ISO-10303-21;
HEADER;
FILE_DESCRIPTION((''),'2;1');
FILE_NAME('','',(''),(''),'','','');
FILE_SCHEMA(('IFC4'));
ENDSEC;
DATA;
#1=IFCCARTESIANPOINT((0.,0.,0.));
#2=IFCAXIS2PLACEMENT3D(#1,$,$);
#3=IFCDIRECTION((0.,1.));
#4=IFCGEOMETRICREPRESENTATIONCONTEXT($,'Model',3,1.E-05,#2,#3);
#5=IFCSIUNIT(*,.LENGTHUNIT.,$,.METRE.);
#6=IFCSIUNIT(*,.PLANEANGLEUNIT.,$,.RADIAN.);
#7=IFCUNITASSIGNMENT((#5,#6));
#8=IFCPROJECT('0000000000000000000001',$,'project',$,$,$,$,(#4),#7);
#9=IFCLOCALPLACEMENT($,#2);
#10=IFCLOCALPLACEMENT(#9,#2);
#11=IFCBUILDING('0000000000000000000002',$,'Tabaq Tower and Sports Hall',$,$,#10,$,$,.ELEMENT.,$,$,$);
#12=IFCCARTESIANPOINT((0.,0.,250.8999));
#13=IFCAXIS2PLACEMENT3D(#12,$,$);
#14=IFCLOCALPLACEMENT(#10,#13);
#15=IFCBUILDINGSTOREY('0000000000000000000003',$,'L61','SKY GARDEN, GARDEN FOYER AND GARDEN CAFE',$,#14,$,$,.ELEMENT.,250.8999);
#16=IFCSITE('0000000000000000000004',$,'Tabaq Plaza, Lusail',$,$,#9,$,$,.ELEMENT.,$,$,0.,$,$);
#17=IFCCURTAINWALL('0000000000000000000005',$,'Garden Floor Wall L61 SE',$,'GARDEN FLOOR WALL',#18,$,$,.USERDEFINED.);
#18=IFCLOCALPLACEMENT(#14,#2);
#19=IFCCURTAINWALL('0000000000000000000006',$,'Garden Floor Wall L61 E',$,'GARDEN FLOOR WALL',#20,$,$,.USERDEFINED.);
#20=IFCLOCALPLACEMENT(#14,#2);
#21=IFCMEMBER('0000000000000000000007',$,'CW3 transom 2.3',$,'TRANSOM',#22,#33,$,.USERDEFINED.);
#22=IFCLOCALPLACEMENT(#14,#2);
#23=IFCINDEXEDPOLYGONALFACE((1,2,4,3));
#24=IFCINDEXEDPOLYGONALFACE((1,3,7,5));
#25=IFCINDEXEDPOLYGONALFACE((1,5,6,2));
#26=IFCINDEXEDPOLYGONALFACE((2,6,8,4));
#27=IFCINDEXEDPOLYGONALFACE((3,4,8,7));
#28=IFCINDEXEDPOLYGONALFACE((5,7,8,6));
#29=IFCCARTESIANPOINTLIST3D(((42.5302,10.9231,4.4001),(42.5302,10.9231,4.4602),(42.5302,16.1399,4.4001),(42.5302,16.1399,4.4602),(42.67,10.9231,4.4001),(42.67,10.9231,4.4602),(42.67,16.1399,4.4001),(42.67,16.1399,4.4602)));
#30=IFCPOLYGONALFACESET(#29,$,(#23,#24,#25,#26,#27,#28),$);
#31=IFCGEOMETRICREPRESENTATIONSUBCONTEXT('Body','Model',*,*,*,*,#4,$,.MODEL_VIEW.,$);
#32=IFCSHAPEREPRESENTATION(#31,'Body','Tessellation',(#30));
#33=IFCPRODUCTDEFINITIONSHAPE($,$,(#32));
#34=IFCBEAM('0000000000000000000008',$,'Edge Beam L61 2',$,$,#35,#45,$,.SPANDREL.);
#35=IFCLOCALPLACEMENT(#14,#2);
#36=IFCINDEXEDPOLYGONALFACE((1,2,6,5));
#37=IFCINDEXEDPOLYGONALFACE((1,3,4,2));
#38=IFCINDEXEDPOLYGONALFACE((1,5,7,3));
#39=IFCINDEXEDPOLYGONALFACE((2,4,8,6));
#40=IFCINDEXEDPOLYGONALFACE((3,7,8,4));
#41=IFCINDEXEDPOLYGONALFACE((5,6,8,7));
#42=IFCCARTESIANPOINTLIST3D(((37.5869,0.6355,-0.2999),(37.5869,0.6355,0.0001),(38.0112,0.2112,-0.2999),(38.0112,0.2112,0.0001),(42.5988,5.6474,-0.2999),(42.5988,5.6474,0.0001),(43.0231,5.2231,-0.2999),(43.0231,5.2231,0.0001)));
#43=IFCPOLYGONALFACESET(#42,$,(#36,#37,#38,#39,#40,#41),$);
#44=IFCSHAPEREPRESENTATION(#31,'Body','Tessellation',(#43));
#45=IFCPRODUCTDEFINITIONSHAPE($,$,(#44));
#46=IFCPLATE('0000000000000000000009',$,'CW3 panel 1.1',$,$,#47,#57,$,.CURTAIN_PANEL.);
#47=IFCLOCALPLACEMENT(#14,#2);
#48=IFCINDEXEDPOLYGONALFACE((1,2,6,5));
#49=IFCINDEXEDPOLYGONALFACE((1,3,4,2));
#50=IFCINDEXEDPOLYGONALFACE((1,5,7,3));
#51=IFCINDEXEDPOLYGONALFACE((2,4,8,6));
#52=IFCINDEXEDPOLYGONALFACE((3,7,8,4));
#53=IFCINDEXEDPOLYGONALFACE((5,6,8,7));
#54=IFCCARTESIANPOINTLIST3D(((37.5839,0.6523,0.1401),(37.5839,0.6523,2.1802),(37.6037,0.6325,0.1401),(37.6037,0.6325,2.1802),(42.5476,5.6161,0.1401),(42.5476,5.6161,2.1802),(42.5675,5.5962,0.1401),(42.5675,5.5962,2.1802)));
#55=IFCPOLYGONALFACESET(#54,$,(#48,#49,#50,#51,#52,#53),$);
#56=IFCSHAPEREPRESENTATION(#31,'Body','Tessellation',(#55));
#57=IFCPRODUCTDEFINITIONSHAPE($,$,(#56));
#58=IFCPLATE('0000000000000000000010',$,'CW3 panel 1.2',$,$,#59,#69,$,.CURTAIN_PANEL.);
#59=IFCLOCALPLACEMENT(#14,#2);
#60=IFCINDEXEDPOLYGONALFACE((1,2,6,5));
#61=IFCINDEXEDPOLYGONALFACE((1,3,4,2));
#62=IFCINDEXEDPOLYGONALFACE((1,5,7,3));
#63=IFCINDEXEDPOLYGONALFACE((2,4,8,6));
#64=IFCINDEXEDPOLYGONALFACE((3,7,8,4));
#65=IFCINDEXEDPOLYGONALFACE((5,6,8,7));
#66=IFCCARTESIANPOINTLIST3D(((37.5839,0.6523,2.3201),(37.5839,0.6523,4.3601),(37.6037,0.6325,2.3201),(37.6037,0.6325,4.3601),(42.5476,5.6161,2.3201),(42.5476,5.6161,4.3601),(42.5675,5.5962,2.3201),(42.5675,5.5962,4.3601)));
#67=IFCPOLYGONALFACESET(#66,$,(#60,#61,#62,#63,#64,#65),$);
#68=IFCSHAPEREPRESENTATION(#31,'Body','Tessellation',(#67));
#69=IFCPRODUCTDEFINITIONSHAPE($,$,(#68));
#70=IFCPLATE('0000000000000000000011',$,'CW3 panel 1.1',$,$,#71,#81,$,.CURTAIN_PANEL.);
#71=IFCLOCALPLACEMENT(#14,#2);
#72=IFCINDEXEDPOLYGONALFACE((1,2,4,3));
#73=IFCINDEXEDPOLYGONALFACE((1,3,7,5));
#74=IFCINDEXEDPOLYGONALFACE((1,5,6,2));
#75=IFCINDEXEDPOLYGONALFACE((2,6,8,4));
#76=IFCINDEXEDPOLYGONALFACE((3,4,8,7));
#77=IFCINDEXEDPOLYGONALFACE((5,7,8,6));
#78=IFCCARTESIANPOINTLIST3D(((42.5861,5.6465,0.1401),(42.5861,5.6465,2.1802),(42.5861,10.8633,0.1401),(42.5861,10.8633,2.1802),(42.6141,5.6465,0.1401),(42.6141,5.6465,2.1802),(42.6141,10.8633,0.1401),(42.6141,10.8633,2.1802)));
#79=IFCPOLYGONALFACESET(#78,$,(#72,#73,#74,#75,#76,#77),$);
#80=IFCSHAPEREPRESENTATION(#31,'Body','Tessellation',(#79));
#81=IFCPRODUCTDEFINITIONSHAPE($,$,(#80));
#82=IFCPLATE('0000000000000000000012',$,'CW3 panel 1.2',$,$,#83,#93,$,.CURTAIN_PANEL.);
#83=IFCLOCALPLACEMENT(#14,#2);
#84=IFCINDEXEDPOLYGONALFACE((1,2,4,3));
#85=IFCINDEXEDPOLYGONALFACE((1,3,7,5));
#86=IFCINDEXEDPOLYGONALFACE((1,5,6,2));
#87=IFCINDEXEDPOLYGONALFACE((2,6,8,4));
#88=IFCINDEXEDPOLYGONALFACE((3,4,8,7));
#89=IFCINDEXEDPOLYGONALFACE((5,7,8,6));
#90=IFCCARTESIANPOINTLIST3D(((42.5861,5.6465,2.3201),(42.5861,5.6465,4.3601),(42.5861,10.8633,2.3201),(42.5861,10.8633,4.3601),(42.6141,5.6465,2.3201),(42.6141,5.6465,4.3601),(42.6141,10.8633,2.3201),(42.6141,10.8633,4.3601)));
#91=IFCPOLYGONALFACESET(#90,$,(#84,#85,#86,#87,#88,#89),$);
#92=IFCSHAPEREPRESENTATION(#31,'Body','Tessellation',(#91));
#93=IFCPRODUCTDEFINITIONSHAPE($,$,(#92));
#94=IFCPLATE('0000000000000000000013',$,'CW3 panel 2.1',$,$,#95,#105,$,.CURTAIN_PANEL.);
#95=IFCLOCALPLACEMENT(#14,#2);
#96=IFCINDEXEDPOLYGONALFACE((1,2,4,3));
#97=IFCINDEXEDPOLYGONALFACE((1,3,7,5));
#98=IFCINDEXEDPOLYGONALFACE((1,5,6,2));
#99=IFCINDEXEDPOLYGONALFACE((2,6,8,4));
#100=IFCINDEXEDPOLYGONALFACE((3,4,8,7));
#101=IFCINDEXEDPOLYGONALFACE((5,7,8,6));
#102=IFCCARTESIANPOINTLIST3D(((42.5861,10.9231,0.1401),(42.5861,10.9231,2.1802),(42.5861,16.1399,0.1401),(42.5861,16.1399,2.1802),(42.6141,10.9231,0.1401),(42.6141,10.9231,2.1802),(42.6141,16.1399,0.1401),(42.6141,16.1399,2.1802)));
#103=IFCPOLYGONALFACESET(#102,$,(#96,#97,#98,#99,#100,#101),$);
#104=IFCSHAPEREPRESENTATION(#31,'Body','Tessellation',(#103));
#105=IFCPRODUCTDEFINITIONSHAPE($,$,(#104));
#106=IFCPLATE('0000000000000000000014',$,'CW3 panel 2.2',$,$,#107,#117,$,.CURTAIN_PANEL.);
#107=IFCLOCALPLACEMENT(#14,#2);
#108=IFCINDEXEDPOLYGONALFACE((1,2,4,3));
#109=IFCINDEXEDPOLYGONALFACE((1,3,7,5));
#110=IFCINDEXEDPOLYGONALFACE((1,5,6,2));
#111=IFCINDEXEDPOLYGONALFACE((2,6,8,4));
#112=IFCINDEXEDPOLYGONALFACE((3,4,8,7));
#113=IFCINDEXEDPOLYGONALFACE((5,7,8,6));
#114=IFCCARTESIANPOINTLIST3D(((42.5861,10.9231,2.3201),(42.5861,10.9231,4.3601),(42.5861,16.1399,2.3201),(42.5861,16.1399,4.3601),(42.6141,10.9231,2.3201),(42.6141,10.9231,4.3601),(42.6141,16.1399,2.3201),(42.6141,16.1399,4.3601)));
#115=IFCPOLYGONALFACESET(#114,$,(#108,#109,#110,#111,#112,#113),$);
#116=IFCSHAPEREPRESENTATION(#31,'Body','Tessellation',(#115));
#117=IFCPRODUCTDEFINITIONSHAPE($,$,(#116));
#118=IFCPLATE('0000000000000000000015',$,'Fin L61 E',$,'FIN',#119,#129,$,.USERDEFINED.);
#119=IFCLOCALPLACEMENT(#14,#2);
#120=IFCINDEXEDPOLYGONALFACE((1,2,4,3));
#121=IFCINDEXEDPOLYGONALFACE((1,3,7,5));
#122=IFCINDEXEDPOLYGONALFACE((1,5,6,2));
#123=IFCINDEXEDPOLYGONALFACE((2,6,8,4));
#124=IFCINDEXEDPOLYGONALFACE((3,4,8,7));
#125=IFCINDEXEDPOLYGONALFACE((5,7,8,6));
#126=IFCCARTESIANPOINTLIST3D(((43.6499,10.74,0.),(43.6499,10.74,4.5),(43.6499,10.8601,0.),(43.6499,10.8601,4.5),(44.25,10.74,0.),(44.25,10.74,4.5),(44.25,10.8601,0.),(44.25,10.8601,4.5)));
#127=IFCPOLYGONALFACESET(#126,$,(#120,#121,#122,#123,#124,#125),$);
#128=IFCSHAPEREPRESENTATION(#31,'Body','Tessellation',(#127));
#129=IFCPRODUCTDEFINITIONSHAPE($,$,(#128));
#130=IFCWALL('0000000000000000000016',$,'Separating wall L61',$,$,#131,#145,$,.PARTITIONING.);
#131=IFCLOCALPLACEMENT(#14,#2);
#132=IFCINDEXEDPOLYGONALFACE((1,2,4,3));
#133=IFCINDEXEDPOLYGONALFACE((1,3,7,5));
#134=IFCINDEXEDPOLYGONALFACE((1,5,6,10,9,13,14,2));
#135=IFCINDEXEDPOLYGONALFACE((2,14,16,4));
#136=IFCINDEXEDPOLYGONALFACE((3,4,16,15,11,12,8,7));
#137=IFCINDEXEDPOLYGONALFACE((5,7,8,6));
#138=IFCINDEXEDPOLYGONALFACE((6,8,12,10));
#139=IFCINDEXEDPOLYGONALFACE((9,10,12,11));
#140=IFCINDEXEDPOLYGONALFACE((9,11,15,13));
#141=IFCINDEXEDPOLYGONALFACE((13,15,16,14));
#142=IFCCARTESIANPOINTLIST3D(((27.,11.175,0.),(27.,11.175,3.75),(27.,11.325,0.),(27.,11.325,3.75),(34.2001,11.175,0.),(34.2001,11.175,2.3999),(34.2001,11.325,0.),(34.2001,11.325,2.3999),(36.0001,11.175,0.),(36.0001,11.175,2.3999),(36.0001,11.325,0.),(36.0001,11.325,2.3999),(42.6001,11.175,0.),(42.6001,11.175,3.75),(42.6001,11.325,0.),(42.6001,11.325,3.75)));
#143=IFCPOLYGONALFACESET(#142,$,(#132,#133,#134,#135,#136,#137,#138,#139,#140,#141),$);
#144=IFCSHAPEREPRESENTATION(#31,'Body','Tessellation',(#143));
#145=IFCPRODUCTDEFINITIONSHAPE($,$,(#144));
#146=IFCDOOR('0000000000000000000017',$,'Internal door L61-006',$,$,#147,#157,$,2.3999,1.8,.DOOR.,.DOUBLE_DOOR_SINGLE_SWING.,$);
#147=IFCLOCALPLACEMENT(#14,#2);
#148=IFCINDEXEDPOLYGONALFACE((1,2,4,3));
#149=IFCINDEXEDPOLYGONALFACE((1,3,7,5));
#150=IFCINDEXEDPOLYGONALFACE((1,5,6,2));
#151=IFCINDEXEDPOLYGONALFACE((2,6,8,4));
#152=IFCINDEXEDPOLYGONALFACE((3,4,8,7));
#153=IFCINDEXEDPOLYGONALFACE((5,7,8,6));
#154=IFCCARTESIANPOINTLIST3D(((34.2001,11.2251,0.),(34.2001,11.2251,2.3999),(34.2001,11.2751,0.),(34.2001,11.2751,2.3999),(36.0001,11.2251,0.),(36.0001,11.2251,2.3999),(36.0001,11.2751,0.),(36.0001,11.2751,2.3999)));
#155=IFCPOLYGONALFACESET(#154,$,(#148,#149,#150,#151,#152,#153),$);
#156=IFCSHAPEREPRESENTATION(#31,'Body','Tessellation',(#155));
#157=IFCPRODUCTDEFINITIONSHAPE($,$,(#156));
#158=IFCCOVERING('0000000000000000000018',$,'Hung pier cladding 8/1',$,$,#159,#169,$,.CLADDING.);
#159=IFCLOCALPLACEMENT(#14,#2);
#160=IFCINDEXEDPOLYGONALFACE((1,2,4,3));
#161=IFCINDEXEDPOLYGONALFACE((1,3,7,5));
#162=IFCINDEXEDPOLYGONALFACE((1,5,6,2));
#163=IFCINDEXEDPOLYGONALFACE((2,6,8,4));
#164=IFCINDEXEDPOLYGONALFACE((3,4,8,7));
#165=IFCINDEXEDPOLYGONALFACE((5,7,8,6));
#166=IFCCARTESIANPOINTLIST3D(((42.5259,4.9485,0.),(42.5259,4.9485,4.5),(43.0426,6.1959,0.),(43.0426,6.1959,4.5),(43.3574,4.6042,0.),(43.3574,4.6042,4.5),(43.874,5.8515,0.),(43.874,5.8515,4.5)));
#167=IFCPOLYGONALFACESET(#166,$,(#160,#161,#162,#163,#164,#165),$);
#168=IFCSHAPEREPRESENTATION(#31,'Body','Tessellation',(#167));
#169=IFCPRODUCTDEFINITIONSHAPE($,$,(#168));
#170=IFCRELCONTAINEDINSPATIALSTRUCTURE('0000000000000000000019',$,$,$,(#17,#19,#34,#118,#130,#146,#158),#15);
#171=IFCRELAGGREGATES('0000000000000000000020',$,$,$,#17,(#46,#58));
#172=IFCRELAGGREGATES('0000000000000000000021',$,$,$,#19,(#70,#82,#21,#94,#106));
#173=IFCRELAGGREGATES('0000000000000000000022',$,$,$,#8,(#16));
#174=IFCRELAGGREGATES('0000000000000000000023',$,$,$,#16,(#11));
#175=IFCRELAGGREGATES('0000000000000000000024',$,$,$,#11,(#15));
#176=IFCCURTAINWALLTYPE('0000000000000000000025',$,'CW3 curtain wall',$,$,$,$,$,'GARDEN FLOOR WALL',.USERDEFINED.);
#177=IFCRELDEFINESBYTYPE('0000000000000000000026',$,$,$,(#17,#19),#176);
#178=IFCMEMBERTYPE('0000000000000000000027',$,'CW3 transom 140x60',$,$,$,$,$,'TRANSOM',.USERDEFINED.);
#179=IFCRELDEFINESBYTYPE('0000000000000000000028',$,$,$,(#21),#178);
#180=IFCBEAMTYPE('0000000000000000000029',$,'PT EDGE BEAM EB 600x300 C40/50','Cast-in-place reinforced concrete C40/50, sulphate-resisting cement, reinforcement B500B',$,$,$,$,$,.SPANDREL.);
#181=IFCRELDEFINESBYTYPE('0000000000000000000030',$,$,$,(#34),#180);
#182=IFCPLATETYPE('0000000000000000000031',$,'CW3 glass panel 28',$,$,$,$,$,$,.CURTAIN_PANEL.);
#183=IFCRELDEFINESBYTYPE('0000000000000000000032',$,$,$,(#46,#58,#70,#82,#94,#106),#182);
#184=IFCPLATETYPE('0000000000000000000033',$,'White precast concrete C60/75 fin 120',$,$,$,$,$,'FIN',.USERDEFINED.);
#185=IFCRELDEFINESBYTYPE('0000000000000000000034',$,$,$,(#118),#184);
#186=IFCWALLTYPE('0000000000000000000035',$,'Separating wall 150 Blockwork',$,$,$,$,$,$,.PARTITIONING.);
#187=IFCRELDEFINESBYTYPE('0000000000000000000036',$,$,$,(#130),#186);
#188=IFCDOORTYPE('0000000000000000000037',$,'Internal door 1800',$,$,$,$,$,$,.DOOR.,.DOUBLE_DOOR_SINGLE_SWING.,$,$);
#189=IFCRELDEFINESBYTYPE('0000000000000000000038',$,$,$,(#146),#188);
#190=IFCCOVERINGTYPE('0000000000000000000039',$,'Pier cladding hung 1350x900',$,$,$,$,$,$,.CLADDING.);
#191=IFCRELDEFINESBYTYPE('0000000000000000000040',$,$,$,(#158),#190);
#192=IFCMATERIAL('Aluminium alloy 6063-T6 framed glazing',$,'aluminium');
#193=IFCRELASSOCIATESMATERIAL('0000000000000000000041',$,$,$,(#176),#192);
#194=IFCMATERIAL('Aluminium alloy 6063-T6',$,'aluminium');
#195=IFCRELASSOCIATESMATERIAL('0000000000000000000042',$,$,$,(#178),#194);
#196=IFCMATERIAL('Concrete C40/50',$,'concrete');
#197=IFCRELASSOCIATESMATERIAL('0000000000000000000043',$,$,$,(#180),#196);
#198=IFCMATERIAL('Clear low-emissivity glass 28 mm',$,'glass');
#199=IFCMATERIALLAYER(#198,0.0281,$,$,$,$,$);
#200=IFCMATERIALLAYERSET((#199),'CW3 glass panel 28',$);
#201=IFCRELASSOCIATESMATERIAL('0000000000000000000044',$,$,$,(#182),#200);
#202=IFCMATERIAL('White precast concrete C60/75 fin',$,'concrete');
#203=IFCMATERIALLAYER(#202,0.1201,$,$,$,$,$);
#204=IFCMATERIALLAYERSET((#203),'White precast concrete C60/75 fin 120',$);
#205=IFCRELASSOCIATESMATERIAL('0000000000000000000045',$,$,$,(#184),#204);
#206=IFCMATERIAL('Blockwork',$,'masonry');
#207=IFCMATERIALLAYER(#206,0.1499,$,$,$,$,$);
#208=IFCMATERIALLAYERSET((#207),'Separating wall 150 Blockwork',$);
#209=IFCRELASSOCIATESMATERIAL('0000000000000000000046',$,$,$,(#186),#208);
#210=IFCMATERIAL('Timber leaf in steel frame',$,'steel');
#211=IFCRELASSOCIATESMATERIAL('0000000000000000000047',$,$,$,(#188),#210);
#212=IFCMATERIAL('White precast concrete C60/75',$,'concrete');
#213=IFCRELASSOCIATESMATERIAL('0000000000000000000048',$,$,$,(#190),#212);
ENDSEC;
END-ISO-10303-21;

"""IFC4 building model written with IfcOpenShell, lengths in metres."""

from ifc_helpers import new_model, si_unit, direction, frame, frame_2d, origin, origin_2d, place, context, subcontext, project, spatial, rectangle, extrude, material, layer, layer_set, material_profile, profile_set, type_object, element, fill, aggregate, save


model = new_model("IFC4")

# Units and contexts
model_context = context("Model", 3, precision=1e-05, world=origin(), true_north=direction((0.0, 1.0)))
body_context = subcontext(model_context, "Body", "Model", "MODEL_VIEW")
ifc_project = project(units=[si_unit("LENGTHUNIT", "METRE"), si_unit("PLANEANGLEUNIT", "RADIAN")], contexts=[model_context])

# Site, building, storey
site_placement = place(None, origin())
site = spatial("IfcSite", under=ifc_project, at=site_placement, Name="Tabaq Plaza, Lusail", CompositionType="ELEMENT", RefElevation=0.0)
building_placement = place(site_placement, origin())
building = spatial("IfcBuilding", under=site, at=building_placement, Name="Tabaq Tower and Sports Hall", CompositionType="ELEMENT")
storey_placement = place(building_placement, frame((0.0, 0.0, 250.8999)))
storey = spatial("IfcBuildingStorey", under=building, at=storey_placement, Name="L61", Description="SKY GARDEN, GARDEN FOYER AND GARDEN CAFE", CompositionType="ELEMENT", Elevation=250.8999)

# Curtain wall
ifc_material_1 = material(Name="Aluminium alloy 6063-T6 framed glazing", Category="aluminium")
curtain_wall_type = type_object("IfcCurtainWallType", Name="CW3 curtain wall", ElementType="GARDEN FLOOR WALL", PredefinedType="USERDEFINED", material=ifc_material_1)
curtain_wall_1_placement = place(storey_placement, origin())
curtain_wall_1 = element("IfcCurtainWall", 1, at=curtain_wall_1_placement, inside=storey, type_object=curtain_wall_type, Name="Garden Floor Wall L61 SE", ObjectType="GARDEN FLOOR WALL", PredefinedType="USERDEFINED")

# Curtain wall
curtain_wall_2_placement = place(storey_placement, origin())
curtain_wall_2 = element("IfcCurtainWall", 2, at=curtain_wall_2_placement, inside=storey, type_object=curtain_wall_type, Name="Garden Floor Wall L61 E", ObjectType="GARDEN FLOOR WALL", PredefinedType="USERDEFINED")

# Member
ifc_material_2 = material(Name="Aluminium alloy 6063-T6", Category="aluminium")
ifc_material_profile_1 = material_profile(ifc_material_2, rectangle(XDim=0.1399, YDim=0.0601, at=origin_2d()), Name="TRANSOM 140x60")
ifc_profile_set_1 = profile_set([ifc_material_profile_1], Name="Aluminium alloy 6063-T6")
member_type_1 = type_object("IfcMemberType", Name="CW3 transom 140x60", ElementType="TRANSOM", PredefinedType="USERDEFINED", material=ifc_profile_set_1)
member_1_placement = place(storey_placement, frame((42.6001, 10.9231, 4.4302), z_axis=(0.0, 1.0, 0.0), x_axis=(-1.0, 0.0, 0.0)))
member_1 = element("IfcMember", 3, at=member_1_placement, type_object=member_type_1, Name="CW3 transom 2.3", ObjectType="TRANSOM", PredefinedType="USERDEFINED", context=body_context, shape_type="SweptSolid", body=[
    extrude(rectangle(XDim=0.1399, YDim=0.0601, at=origin_2d()), origin(), (0.0, 0.0, 1.0), 5.2168),
])

# Beam
ifc_material_3 = material(Name="Concrete C40/50", Category="concrete")
ifc_material_profile_2 = material_profile(ifc_material_3, rectangle(XDim=0.6001, YDim=0.3, at=origin_2d()), Name="EB 600x300")
ifc_profile_set_2 = profile_set([ifc_material_profile_2], Name="Concrete C40/50")
beam_type = type_object("IfcBeamType", Name="PT EDGE BEAM EB 600x300 C40/50", Description="Cast-in-place reinforced concrete C40/50, sulphate-resisting cement, reinforcement B500B", PredefinedType="SPANDREL", material=ifc_profile_set_2)
beam_placement = place(storey_placement, frame((37.7991, 0.4233, -0.1499), z_axis=(0.707107, 0.707107, 0.0), x_axis=(-0.707107, 0.707107, 0.0)))
element("IfcBeam", 4, at=beam_placement, inside=storey, type_object=beam_type, Name="Edge Beam L61 2", PredefinedType="SPANDREL", context=body_context, shape_type="SweptSolid", body=[
    extrude(rectangle(XDim=0.6001, YDim=0.3, at=origin_2d()), origin(), (0.0, 0.0, 1.0), 7.0879),
])

# Plates
ifc_material_4 = material(Name="Clear low-emissivity glass 28 mm", Category="glass")
ifc_layer_1 = layer(ifc_material_4, 0.0281)
ifc_layer_set_1 = layer_set([ifc_layer_1], Name="CW3 glass panel 28")
plate_type_1 = type_object("IfcPlateType", Name="CW3 glass panel 28", PredefinedType="CURTAIN_PANEL", material=ifc_layer_set_1)
plate_1_placement = place(storey_placement, frame((40.0757, 3.1243, 0.1401), z_axis=(0.0, 0.0, 1.0), x_axis=(0.707107, 0.707107, 0.0)))
plate_1 = element("IfcPlate", 5, at=plate_1_placement, type_object=plate_type_1, Name="CW3 panel 1.1", PredefinedType="CURTAIN_PANEL", context=body_context, shape_type="SweptSolid", body=[
    extrude(rectangle(XDim=7.0198, YDim=0.0281, at=origin_2d()), origin(), (0.0, 0.0, 1.0), 2.04),
])
plate_2_placement = place(storey_placement, frame((40.0757, 3.1243, 2.3201), z_axis=(0.0, 0.0, 1.0), x_axis=(0.707107, 0.707107, 0.0)))
plate_2 = element("IfcPlate", 6, at=plate_2_placement, type_object=plate_type_1, Name="CW3 panel 1.2", PredefinedType="CURTAIN_PANEL", context=body_context, shape_type="SweptSolid", body=[
    extrude(rectangle(XDim=7.0198, YDim=0.0281, at=origin_2d()), origin(), (0.0, 0.0, 1.0), 2.04),
])
aggregate(curtain_wall_1, [plate_1, plate_2])
plate_3_placement = place(storey_placement, frame((42.6001, 8.2549, 0.1401), z_axis=(0.0, 0.0, 1.0), x_axis=(0.0, 1.0, 0.0)))
plate_3 = element("IfcPlate", 7, at=plate_3_placement, type_object=plate_type_1, Name="CW3 panel 1.1", PredefinedType="CURTAIN_PANEL", context=body_context, shape_type="SweptSolid", body=[
    extrude(rectangle(XDim=5.2168, YDim=0.0281, at=origin_2d()), origin(), (0.0, 0.0, 1.0), 2.04),
])
plate_4_placement = place(storey_placement, frame((42.6001, 8.2549, 2.3201), z_axis=(0.0, 0.0, 1.0), x_axis=(0.0, 1.0, 0.0)))
plate_4 = element("IfcPlate", 8, at=plate_4_placement, type_object=plate_type_1, Name="CW3 panel 1.2", PredefinedType="CURTAIN_PANEL", context=body_context, shape_type="SweptSolid", body=[
    extrude(rectangle(XDim=5.2168, YDim=0.0281, at=origin_2d()), origin(), (0.0, 0.0, 1.0), 2.04),
])
plate_5_placement = place(storey_placement, frame((42.6001, 13.5315, 0.1401), z_axis=(0.0, 0.0, 1.0), x_axis=(0.0, 1.0, 0.0)))
plate_5 = element("IfcPlate", 9, at=plate_5_placement, type_object=plate_type_1, Name="CW3 panel 2.1", PredefinedType="CURTAIN_PANEL", context=body_context, shape_type="SweptSolid", body=[
    extrude(rectangle(XDim=5.2168, YDim=0.0281, at=origin_2d()), origin(), (0.0, 0.0, 1.0), 2.04),
])
plate_6_placement = place(storey_placement, frame((42.6001, 13.5315, 2.3201), z_axis=(0.0, 0.0, 1.0), x_axis=(0.0, 1.0, 0.0)))
plate_6 = element("IfcPlate", 10, at=plate_6_placement, type_object=plate_type_1, Name="CW3 panel 2.2", PredefinedType="CURTAIN_PANEL", context=body_context, shape_type="SweptSolid", body=[
    extrude(rectangle(XDim=5.2168, YDim=0.0281, at=origin_2d()), origin(), (0.0, 0.0, 1.0), 2.04),
])
aggregate(curtain_wall_2, [plate_3, plate_4, member_1, plate_5, plate_6])
ifc_material_5 = material(Name="White precast concrete C60/75 fin", Category="concrete")
ifc_layer_2 = layer(ifc_material_5, 0.1201)
ifc_layer_set_2 = layer_set([ifc_layer_2], Name="White precast concrete C60/75 fin 120")
plate_type_2 = type_object("IfcPlateType", Name="White precast concrete C60/75 fin 120", ElementType="FIN", PredefinedType="USERDEFINED", material=ifc_layer_set_2)
plate_7_placement = place(storey_placement, frame((43.95, 10.8, 0.0), z_axis=(0.0, 0.0, 1.0), x_axis=(0.0, 1.0, 0.0)))
element("IfcPlate", 11, at=plate_7_placement, inside=storey, type_object=plate_type_2, Name="Fin L61 E", ObjectType="FIN", PredefinedType="USERDEFINED", context=body_context, shape_type="SweptSolid", body=[
    extrude(rectangle(XDim=0.1201, YDim=0.6001, at=origin_2d()), origin(), (0.0, 0.0, 1.0), 4.5),
])

# Wall, opening, door
ifc_material_6 = material(Name="Blockwork", Category="masonry")
ifc_layer_3 = layer(ifc_material_6, 0.1499)
ifc_layer_set_3 = layer_set([ifc_layer_3], Name="Separating wall 150 Blockwork")
wall_type = type_object("IfcWallType", Name="Separating wall 150 Blockwork", PredefinedType="PARTITIONING", material=ifc_layer_set_3)
wall_placement = place(storey_placement, frame((42.6001, 11.25, 0.0), z_axis=(0.0, 0.0, 1.0), x_axis=(-1.0, 0.0, 0.0)))
wall = element("IfcWall", 12, at=wall_placement, inside=storey, type_object=wall_type, Name="Separating wall L61", PredefinedType="PARTITIONING", context=body_context, shape_type="SweptSolid", body=[
    extrude(rectangle(XDim=15.6001, YDim=0.1499, at=frame_2d((7.8, 0.0))), origin(), (0.0, 0.0, 1.0), 3.75),
])
opening_placement = place(wall_placement, frame((6.6001, 0.0, 0.0)))
opening = element("IfcOpeningElement", 13, at=opening_placement, cuts=wall, PredefinedType="OPENING", context=body_context, shape_type="SweptSolid", body=[
    extrude(rectangle(XDim=1.8, YDim=2.3999, at=frame_2d((0.8999, 1.2))), frame((0.0, 0.075, 0.0), z_axis=(0.0, -1.0, 0.0), x_axis=(1.0, 0.0, 0.0)), (0.0, 0.0, 1.0), 0.1499),
])
ifc_material_7 = material(Name="Timber leaf in steel frame", Category="steel")
door_type = type_object("IfcDoorType", Name="Internal door 1800", OperationType="DOUBLE_DOOR_SINGLE_SWING", PredefinedType="DOOR", material=ifc_material_7)
door_placement = place(opening_placement, origin())
door = element("IfcDoor", 14, at=door_placement, inside=storey, type_object=door_type, Name="Internal door L61-006", OperationType="DOUBLE_DOOR_SINGLE_SWING", OverallHeight=2.3999, OverallWidth=1.8, PredefinedType="DOOR", context=body_context, shape_type="SweptSolid", body=[
    extrude(rectangle(XDim=1.8, YDim=2.3999, at=frame_2d((0.8999, 1.2))), frame((0.0, 0.0249, 0.0), z_axis=(0.0, -1.0, 0.0), x_axis=(1.0, 0.0, 0.0)), (0.0, 0.0, 1.0), 0.05),
])
fill(opening, door)

# Covering
ifc_material_8 = material(Name="White precast concrete C60/75", Category="concrete")
covering_type = type_object("IfcCoveringType", Name="Pier cladding hung 1350x900", PredefinedType="CLADDING", material=ifc_material_8)
covering_placement = place(storey_placement, frame((42.9417, 4.7764, 0.0), z_axis=(0.0, 0.0, 1.0), x_axis=(0.38265, 0.923893, 0.0)))
element("IfcCovering", 15, at=covering_placement, inside=storey, type_object=covering_type, Name="Hung pier cladding 8/1", PredefinedType="CLADDING", context=body_context, shape_type="SweptSolid", body=[
    extrude(rectangle(XDim=1.3501, YDim=0.8999, at=frame_2d((0.675, 0.0))), origin(), (0.0, 0.0, 1.0), 4.5),
])

save(model, "model.ifc")
